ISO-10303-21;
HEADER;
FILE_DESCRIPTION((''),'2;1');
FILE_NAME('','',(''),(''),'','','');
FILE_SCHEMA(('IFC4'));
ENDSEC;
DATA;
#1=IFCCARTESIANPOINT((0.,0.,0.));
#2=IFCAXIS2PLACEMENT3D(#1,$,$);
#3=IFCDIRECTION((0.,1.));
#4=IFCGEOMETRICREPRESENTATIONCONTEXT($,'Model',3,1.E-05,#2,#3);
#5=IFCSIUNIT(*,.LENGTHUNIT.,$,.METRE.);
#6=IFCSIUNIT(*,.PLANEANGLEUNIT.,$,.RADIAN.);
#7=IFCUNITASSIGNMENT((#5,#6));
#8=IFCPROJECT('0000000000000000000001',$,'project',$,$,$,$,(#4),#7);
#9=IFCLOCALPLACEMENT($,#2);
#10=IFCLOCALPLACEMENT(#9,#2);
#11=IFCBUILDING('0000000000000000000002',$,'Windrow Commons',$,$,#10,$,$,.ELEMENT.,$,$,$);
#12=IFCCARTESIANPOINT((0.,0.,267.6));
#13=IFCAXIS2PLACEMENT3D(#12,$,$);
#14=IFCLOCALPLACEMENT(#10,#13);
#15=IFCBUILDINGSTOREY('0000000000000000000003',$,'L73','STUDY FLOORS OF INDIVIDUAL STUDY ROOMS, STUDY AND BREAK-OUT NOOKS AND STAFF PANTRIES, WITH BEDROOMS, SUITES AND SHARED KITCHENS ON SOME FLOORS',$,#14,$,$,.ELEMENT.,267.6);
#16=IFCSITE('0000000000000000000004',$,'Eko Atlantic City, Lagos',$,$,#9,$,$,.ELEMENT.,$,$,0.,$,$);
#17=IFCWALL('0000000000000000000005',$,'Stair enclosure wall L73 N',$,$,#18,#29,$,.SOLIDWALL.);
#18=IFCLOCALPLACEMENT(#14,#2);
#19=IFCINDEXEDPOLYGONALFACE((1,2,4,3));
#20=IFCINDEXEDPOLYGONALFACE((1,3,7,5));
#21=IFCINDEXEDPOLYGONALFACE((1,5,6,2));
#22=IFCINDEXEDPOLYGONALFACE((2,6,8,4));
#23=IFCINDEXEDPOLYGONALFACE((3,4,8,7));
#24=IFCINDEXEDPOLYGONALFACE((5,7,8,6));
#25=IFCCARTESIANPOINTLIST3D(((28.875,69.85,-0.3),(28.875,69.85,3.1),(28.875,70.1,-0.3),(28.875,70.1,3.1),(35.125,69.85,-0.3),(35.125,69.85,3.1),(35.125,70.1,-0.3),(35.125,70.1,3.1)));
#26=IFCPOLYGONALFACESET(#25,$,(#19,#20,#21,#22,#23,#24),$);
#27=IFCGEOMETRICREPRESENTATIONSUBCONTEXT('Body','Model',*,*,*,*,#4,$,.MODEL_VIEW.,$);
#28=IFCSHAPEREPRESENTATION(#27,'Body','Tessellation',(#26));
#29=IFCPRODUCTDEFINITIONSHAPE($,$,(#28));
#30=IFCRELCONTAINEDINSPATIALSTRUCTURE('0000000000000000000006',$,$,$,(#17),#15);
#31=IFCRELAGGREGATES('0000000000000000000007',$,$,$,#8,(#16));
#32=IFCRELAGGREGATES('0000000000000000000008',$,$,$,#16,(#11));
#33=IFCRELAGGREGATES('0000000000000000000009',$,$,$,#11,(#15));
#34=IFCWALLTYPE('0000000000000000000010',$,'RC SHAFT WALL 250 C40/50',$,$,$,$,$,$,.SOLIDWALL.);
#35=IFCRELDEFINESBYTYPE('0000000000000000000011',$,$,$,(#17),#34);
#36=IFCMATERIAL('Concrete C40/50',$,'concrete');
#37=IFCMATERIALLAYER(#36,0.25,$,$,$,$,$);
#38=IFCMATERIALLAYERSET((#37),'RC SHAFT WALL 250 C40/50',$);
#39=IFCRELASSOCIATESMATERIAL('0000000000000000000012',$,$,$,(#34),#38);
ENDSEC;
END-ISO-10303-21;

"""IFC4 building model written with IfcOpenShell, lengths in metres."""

from ifc_helpers import new_model, si_unit, direction, frame, frame_2d, origin, place, context, subcontext, project, spatial, rectangle, extrude, material, layer, layer_set, type_object, element, save


model = new_model("IFC4")

# Units and contexts
model_context = context("Model", 3, precision=1e-05, world=origin(), true_north=direction((0.0, 1.0)))
body_context = subcontext(model_context, "Body", "Model", "MODEL_VIEW")
ifc_project = project(units=[si_unit("LENGTHUNIT", "METRE"), si_unit("PLANEANGLEUNIT", "RADIAN")], contexts=[model_context])

# Site, building, storey
site_placement = place(None, origin())
site = spatial("IfcSite", under=ifc_project, at=site_placement, Name="Eko Atlantic City, Lagos", CompositionType="ELEMENT", RefElevation=0.0)
building_placement = place(site_placement, origin())
building = spatial("IfcBuilding", under=site, at=building_placement, Name="Windrow Commons", CompositionType="ELEMENT")
storey_placement = place(building_placement, frame((0.0, 0.0, 267.6)))
storey = spatial("IfcBuildingStorey", under=building, at=storey_placement, Name="L73", Description="STUDY FLOORS OF INDIVIDUAL STUDY ROOMS, STUDY AND BREAK-OUT NOOKS AND STAFF PANTRIES, WITH BEDROOMS, SUITES AND SHARED KITCHENS ON SOME FLOORS", CompositionType="ELEMENT", Elevation=267.6)

# Wall
ifc_material_1 = material(Name="Concrete C40/50", Category="concrete")
ifc_layer_1 = layer(ifc_material_1, 0.25)
ifc_layer_set_1 = layer_set([ifc_layer_1], Name="RC SHAFT WALL 250 C40/50")
wall_type_1 = type_object("IfcWallType", Name="RC SHAFT WALL 250 C40/50", PredefinedType="SOLIDWALL", material=ifc_layer_set_1)
wall_1_placement = place(storey_placement, frame((28.875, 69.975, -0.3), z_axis=(0.0, 0.0, 1.0), x_axis=(1.0, 0.0, 0.0)))
element("IfcWall", 1, at=wall_1_placement, inside=storey, type_object=wall_type_1, Name="Stair enclosure wall L73 N", PredefinedType="SOLIDWALL", context=body_context, shape_type="SweptSolid", body=[
    extrude(rectangle(XDim=6.25, YDim=0.25, at=frame_2d((3.125, 0.0))), origin(), (0.0, 0.0, 1.0), 3.4),
])

save(model, "model.ifc")
